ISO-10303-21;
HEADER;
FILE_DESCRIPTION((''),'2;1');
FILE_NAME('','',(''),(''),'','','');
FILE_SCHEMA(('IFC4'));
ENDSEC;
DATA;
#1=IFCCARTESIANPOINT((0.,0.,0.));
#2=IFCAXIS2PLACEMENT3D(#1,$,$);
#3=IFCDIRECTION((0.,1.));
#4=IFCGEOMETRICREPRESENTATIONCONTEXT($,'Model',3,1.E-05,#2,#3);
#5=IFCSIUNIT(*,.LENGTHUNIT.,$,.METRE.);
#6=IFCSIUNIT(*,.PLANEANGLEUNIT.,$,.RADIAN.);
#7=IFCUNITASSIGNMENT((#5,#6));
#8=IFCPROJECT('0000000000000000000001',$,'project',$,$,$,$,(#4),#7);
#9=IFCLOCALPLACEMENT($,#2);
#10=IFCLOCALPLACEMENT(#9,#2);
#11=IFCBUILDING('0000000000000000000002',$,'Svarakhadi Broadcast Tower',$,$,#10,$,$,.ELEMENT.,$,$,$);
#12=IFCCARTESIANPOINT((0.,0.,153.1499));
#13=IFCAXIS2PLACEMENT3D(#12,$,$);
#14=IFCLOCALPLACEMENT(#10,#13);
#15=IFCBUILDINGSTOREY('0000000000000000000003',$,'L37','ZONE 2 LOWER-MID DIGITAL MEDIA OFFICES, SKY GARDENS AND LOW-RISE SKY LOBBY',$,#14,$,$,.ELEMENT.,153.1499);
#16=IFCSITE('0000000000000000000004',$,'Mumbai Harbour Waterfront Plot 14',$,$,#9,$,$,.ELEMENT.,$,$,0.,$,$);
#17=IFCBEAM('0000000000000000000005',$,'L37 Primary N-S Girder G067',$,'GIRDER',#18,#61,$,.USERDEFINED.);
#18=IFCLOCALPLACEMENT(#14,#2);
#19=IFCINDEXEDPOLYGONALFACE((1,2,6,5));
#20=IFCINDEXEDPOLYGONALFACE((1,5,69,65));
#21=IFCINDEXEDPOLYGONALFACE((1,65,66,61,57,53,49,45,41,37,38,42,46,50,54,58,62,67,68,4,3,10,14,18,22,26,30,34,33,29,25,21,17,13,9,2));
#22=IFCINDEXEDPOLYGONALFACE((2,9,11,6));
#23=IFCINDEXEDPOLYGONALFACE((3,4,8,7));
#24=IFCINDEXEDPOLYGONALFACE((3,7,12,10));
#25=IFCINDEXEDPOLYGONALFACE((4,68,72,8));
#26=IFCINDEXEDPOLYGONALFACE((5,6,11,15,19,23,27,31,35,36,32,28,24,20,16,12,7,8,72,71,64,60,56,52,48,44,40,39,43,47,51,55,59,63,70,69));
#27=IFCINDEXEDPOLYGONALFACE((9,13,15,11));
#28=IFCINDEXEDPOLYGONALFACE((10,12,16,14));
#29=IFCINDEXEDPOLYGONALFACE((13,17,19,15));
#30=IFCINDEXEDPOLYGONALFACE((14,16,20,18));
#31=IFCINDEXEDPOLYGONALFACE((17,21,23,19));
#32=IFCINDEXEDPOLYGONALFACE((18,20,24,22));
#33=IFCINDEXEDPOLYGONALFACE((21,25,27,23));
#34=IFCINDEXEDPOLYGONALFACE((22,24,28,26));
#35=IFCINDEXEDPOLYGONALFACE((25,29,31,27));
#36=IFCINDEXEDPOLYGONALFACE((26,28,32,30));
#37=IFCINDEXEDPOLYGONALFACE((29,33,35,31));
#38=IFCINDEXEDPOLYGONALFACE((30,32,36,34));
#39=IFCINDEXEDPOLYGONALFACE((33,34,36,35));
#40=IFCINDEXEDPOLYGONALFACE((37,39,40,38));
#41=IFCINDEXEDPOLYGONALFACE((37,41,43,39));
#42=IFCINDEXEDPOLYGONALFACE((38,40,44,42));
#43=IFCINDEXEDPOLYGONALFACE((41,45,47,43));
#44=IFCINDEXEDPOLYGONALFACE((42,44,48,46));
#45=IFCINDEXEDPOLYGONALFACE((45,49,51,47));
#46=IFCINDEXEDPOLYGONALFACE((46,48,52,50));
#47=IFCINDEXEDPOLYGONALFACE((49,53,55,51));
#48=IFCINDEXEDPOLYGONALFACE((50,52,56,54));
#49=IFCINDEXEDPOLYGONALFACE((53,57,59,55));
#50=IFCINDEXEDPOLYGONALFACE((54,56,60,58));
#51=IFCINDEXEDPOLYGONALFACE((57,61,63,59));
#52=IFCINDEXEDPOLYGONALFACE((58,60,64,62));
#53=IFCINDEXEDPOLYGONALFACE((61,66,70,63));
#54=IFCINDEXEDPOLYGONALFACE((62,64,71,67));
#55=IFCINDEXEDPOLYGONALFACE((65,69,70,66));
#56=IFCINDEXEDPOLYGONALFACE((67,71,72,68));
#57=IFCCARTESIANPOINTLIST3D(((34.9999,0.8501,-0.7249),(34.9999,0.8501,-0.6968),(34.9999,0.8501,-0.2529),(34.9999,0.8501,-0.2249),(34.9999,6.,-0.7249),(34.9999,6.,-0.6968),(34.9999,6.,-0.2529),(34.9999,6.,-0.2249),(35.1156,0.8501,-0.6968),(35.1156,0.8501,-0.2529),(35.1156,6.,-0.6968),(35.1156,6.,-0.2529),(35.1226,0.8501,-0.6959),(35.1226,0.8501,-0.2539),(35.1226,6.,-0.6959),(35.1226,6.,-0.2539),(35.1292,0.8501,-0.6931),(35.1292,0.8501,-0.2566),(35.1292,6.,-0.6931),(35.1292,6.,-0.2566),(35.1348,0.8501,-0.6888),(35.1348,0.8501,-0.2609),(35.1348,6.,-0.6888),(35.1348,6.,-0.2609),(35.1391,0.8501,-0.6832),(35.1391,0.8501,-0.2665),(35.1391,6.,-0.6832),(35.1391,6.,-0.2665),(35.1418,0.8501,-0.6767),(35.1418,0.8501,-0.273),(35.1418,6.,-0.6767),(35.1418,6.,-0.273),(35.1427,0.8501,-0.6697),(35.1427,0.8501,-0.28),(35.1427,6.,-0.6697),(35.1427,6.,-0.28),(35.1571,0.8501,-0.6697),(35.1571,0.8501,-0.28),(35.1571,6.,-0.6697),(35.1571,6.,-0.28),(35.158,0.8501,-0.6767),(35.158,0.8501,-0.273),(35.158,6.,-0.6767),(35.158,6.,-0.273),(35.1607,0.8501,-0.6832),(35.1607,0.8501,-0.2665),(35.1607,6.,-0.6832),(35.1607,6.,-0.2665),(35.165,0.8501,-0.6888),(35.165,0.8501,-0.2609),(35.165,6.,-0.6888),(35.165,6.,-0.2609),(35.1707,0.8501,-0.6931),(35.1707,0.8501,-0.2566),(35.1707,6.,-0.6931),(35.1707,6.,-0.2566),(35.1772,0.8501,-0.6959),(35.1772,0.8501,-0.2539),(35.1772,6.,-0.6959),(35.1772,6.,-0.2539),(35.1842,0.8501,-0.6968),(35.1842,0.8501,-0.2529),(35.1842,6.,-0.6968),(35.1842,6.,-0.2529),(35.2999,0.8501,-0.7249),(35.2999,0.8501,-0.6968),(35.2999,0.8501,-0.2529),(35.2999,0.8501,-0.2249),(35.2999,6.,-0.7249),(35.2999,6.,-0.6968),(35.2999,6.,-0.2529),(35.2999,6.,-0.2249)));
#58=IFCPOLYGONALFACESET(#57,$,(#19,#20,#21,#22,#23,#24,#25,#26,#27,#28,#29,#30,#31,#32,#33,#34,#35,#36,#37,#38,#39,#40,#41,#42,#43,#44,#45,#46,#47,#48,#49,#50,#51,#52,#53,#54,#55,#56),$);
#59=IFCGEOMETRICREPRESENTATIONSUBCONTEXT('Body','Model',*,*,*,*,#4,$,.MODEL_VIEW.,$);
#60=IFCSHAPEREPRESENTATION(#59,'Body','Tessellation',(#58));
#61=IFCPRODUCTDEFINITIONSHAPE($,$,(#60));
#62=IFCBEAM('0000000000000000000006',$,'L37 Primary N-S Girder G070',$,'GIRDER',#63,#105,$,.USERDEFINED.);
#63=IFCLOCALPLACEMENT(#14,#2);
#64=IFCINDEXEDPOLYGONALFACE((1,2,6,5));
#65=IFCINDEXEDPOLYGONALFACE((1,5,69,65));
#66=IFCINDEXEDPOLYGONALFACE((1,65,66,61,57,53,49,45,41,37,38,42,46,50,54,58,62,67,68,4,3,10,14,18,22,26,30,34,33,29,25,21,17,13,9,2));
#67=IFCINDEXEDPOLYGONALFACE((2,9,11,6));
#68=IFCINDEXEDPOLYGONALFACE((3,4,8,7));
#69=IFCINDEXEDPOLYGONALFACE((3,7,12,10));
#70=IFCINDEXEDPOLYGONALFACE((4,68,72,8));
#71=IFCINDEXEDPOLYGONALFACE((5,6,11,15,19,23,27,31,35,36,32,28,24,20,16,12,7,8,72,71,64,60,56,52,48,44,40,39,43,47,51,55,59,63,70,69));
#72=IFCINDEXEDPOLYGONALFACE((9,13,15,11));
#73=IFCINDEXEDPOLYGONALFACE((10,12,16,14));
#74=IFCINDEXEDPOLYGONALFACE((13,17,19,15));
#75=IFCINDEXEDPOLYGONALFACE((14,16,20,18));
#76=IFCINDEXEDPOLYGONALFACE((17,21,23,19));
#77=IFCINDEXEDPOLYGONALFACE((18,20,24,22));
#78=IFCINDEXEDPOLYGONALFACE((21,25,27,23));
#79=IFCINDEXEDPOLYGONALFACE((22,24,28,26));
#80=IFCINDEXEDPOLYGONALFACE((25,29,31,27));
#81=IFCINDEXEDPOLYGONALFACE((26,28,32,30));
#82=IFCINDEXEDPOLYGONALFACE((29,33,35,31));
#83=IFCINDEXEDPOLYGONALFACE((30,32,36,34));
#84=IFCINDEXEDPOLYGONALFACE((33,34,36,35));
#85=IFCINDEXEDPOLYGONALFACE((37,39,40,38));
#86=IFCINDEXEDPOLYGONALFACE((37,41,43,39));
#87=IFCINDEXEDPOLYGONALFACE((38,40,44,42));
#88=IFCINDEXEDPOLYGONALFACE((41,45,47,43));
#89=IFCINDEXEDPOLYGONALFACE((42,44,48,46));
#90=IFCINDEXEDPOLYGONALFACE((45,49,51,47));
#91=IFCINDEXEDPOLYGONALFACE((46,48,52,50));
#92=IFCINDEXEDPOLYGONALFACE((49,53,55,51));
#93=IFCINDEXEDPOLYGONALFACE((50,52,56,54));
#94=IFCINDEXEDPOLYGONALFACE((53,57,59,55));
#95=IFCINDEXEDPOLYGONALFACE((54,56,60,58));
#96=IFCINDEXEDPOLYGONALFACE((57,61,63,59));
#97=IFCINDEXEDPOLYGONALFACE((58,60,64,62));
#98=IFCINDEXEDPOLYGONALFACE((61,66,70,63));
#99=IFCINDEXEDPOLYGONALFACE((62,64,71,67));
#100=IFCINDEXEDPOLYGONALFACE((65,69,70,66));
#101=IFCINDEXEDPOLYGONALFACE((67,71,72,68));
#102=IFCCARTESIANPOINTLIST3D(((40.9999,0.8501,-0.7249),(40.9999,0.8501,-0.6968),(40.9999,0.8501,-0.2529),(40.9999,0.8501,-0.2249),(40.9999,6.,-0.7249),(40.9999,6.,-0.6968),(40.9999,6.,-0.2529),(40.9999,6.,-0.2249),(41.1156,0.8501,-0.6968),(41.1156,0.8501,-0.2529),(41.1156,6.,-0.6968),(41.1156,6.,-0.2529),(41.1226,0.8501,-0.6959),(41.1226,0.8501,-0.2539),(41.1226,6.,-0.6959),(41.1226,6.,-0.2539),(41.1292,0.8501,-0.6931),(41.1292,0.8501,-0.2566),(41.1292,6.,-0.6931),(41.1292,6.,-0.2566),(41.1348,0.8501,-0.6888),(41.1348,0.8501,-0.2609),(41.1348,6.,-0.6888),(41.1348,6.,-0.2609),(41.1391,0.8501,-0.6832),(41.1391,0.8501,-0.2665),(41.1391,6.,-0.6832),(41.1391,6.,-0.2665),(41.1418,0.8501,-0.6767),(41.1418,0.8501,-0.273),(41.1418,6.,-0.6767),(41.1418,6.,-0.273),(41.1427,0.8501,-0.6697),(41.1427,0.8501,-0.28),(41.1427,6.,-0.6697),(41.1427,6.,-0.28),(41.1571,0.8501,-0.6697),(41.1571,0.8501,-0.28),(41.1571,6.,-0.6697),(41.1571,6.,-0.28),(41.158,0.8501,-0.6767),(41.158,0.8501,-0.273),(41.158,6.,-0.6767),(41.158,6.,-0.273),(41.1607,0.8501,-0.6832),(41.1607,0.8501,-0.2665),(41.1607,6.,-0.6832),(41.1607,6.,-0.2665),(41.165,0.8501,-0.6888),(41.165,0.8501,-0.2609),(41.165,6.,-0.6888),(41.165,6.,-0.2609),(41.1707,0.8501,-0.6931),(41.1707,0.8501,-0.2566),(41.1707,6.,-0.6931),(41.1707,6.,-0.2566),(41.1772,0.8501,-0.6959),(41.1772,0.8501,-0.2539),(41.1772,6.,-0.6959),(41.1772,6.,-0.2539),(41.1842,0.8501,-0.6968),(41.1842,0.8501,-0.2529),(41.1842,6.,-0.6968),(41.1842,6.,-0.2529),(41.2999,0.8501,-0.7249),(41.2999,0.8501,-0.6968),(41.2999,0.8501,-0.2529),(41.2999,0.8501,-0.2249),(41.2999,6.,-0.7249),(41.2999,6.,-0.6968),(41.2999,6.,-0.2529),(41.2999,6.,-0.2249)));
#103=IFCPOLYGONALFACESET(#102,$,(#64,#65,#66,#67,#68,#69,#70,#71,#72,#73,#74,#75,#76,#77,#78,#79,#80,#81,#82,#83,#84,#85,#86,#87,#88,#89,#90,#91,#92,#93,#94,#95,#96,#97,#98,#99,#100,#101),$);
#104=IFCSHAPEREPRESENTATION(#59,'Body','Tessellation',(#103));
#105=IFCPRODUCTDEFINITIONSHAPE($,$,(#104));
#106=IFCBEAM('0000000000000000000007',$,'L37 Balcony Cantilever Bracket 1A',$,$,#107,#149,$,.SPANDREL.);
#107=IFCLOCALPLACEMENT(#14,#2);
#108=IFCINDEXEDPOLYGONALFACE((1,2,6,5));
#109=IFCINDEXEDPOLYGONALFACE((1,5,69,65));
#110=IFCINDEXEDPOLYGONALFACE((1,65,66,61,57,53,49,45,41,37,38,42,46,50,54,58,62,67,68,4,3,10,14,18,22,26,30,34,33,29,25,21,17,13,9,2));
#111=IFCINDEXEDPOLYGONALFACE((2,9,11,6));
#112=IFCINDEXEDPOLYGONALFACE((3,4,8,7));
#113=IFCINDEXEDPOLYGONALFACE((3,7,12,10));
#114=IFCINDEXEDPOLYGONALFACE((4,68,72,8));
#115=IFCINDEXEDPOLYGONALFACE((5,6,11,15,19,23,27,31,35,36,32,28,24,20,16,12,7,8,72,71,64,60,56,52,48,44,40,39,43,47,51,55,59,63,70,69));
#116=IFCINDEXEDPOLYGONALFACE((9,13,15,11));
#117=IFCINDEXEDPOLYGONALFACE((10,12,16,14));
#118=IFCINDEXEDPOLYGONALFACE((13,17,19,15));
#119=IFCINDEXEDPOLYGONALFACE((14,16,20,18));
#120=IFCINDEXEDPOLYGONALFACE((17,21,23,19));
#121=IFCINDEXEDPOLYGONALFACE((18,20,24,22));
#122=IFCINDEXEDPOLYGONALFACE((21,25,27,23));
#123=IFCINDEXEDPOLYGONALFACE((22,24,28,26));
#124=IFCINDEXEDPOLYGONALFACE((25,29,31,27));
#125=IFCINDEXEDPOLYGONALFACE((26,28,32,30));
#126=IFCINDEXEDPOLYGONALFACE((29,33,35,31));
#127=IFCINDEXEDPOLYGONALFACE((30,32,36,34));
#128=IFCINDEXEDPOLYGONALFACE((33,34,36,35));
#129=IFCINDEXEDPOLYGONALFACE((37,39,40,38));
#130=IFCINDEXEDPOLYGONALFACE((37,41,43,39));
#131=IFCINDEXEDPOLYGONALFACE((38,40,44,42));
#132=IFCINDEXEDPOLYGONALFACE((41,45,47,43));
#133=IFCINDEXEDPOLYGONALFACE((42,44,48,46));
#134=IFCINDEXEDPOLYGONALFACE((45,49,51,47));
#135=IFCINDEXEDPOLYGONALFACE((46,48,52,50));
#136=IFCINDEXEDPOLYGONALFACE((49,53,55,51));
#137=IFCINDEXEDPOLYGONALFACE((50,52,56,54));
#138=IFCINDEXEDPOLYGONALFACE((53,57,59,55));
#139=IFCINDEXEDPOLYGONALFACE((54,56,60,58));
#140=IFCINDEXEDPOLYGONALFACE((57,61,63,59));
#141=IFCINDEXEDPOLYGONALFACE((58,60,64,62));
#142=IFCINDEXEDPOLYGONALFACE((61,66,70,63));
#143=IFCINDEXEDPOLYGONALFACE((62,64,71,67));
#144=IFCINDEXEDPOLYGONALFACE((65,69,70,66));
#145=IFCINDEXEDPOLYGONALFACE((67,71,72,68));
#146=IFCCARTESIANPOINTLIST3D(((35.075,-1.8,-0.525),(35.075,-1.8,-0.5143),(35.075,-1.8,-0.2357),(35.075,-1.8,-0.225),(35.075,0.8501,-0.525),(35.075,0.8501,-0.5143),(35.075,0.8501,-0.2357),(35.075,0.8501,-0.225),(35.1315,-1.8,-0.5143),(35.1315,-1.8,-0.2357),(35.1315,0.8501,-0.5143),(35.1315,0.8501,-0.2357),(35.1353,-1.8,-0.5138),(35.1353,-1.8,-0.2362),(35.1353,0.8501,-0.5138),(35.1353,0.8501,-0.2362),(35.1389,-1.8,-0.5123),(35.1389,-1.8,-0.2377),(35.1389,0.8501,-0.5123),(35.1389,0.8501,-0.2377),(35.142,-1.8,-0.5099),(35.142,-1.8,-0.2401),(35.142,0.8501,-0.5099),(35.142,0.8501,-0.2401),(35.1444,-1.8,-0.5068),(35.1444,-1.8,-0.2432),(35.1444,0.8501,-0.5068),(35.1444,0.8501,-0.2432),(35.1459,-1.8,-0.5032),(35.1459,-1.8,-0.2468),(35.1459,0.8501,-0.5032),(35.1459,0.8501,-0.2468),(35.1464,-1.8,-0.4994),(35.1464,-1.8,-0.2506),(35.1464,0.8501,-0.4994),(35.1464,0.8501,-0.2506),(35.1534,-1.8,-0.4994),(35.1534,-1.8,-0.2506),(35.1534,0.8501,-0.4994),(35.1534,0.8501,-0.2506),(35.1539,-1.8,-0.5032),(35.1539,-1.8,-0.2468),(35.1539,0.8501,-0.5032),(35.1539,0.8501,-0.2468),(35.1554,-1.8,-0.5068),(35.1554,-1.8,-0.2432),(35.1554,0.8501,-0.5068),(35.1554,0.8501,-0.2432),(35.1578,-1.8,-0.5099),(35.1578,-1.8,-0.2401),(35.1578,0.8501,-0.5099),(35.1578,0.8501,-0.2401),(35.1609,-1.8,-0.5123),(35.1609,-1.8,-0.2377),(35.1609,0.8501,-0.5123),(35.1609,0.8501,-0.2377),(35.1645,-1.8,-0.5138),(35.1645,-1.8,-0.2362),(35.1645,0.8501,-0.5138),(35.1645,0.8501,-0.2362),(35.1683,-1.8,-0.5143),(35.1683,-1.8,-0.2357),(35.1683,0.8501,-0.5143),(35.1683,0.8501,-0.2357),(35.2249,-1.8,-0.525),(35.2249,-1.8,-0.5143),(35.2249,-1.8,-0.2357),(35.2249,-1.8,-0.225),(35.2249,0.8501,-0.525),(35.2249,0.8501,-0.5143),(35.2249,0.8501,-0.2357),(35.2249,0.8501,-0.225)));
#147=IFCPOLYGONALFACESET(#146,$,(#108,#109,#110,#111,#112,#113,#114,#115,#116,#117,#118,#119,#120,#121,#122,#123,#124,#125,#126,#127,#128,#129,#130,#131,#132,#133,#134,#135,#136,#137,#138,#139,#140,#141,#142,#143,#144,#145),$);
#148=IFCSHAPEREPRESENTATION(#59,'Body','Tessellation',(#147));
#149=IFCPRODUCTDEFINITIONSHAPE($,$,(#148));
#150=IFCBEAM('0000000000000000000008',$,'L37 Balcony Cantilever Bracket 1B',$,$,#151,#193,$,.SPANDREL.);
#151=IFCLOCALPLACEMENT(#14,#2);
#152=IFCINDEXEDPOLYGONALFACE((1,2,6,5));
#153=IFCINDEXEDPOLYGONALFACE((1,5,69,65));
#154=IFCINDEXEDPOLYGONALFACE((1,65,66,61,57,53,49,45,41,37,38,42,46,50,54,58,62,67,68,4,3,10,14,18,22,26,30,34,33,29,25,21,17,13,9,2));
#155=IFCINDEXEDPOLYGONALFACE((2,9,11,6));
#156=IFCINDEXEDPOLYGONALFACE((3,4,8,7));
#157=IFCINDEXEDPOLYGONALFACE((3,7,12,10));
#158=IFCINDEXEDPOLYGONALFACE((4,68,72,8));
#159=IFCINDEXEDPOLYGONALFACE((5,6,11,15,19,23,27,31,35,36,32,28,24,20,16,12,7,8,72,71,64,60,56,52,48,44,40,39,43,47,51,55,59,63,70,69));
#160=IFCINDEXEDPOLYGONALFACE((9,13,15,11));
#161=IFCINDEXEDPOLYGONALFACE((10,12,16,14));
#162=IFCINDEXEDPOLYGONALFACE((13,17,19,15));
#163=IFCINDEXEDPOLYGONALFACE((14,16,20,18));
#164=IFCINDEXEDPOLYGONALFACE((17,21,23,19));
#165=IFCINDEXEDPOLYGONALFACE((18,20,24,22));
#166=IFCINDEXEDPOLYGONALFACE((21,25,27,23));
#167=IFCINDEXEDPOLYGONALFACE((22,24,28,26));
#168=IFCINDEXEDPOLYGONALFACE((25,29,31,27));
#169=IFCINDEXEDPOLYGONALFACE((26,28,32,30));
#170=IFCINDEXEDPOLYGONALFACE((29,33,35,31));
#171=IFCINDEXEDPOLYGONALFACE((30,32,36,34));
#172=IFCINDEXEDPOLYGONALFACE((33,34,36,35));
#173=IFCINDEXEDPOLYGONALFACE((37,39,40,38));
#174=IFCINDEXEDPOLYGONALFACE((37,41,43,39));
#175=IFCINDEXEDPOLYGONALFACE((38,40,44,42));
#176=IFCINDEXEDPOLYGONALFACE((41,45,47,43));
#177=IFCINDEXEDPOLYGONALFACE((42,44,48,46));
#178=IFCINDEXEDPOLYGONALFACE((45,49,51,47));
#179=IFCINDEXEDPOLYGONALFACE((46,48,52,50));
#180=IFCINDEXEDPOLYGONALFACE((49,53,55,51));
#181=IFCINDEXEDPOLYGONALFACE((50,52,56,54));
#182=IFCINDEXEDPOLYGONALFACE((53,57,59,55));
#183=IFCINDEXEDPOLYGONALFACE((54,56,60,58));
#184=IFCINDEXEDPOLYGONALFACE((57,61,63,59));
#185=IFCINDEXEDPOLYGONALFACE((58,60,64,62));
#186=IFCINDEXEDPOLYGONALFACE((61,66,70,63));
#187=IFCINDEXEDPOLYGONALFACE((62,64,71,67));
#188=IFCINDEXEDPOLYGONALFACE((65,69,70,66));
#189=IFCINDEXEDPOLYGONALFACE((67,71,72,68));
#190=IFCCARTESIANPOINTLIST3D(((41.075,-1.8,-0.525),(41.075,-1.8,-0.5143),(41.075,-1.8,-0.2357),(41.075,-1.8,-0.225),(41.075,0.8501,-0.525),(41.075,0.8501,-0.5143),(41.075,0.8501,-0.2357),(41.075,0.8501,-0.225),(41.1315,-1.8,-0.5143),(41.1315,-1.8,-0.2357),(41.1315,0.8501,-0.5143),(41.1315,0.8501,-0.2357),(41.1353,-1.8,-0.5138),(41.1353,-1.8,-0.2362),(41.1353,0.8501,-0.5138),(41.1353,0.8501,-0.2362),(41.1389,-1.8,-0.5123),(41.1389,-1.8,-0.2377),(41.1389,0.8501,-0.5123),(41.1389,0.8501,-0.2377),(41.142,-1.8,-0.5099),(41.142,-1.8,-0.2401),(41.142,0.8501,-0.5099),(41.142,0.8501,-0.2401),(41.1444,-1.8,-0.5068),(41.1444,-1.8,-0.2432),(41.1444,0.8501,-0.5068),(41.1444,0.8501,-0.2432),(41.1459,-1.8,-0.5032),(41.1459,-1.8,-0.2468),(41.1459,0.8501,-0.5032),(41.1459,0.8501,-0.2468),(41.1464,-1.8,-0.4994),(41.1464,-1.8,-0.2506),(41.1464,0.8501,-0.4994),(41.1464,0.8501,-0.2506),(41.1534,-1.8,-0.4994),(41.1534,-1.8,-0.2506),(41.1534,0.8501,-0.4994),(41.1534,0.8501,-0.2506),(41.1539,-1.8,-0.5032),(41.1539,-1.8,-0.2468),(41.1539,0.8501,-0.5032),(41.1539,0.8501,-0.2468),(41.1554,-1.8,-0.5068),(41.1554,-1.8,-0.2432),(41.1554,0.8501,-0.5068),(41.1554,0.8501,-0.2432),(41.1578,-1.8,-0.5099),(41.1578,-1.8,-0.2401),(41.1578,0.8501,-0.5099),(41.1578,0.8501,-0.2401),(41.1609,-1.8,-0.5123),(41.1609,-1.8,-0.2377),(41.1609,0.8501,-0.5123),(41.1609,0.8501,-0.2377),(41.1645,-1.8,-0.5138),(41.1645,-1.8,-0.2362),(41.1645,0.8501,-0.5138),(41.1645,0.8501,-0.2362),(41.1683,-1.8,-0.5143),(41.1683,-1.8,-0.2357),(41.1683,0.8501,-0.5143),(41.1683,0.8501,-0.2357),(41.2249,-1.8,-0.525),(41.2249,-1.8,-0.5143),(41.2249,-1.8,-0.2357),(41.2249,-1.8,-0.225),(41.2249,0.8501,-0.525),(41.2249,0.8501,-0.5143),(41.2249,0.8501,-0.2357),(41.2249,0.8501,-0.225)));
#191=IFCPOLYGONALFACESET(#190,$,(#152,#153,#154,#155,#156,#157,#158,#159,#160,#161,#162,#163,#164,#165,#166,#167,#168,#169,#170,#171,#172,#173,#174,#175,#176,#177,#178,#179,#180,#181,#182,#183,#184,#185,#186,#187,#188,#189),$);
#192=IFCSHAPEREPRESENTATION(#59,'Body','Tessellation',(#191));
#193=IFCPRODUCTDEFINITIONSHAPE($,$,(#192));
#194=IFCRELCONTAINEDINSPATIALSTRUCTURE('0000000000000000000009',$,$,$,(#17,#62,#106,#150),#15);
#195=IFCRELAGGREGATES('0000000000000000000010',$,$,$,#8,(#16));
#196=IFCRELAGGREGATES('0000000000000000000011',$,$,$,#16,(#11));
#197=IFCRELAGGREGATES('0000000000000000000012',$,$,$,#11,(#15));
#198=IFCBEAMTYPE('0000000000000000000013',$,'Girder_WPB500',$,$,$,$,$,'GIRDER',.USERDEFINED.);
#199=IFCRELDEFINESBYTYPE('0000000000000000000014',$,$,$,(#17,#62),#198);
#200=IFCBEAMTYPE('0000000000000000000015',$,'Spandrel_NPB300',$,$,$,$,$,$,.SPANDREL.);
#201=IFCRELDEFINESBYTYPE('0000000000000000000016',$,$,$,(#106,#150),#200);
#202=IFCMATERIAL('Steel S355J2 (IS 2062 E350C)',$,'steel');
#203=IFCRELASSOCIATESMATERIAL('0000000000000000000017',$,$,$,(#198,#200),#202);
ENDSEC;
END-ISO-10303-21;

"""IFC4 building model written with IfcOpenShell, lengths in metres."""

from ifc_helpers import new_model, si_unit, direction, frame, origin, origin_2d, place, context, subcontext, project, spatial, i_section, extrude, material, material_profile, profile_set, type_object, element, save


model = new_model("IFC4")

# Units and contexts
model_context = context("Model", 3, precision=1e-05, world=origin(), true_north=direction((0.0, 1.0)))
body_context = subcontext(model_context, "Body", "Model", "MODEL_VIEW")
ifc_project = project(units=[si_unit("LENGTHUNIT", "METRE"), si_unit("PLANEANGLEUNIT", "RADIAN")], contexts=[model_context])

# Site, building, storey
site_placement = place(None, origin())
site = spatial("IfcSite", under=ifc_project, at=site_placement, Name="Mumbai Harbour Waterfront Plot 14", CompositionType="ELEMENT", RefElevation=0.0)
building_placement = place(site_placement, origin())
building = spatial("IfcBuilding", under=site, at=building_placement, Name="Svarakhadi Broadcast Tower", CompositionType="ELEMENT")
storey_placement = place(building_placement, frame((0.0, 0.0, 153.1499)))
storey = spatial("IfcBuildingStorey", under=building, at=storey_placement, Name="L37", Description="ZONE 2 LOWER-MID DIGITAL MEDIA OFFICES, SKY GARDENS AND LOW-RISE SKY LOBBY", CompositionType="ELEMENT", Elevation=153.1499)

# Beams
ifc_material_1 = material(Name="Steel S355J2 (IS 2062 E350C)", Category="steel")
ifc_material_profile_1 = material_profile(ifc_material_1, i_section(OverallWidth=0.3, OverallDepth=0.5, WebThickness=0.0144, FlangeThickness=0.0281, FilletRadius=0.0271, at=origin_2d()), Name="WPB 500x300x187")
ifc_profile_set_1 = profile_set([ifc_material_profile_1], Name="Steel S355J2 (IS 2062 E350C)")
beam_type_1 = type_object("IfcBeamType", Name="Girder_WPB500", ElementType="GIRDER", PredefinedType="USERDEFINED", material=ifc_profile_set_1)
for number, where, z_axis, x_axis, name in (
    (1, (35.1499, 0.8501, -0.4749), (0.0, 1.0, 0.0), (-1.0, 0.0, 0.0), "L37 Primary N-S Girder G067"),
    (2, (41.1499, 0.8501, -0.4749), (0.0, 1.0, 0.0), (-1.0, 0.0, 0.0), "L37 Primary N-S Girder G070"),
):
    element("IfcBeam", number, at=place(storey_placement, frame(where, z_axis=z_axis, x_axis=x_axis)), inside=storey, type_object=beam_type_1, Name=name, ObjectType="GIRDER", PredefinedType="USERDEFINED", context=body_context, shape_type="SweptSolid", body=[
        extrude(i_section(OverallWidth=0.3, OverallDepth=0.5, WebThickness=0.0144, FlangeThickness=0.0281, FilletRadius=0.0271, at=origin_2d()), origin(), (0.0, 0.0, 1.0), 5.1499),
    ])
ifc_material_profile_2 = material_profile(ifc_material_1, i_section(OverallWidth=0.1499, OverallDepth=0.3, WebThickness=0.0071, FlangeThickness=0.0107, FilletRadius=0.0149, at=origin_2d()), Name="NPB 300x150x37")
ifc_profile_set_2 = profile_set([ifc_material_profile_2], Name="Steel S355J2 (IS 2062 E350C)")
beam_type_2 = type_object("IfcBeamType", Name="Spandrel_NPB300", PredefinedType="SPANDREL", material=ifc_profile_set_2)
for number, where, z_axis, x_axis, name in (
    (3, (35.1499, 0.8501, -0.375), (0.0, -1.0, 0.0), (1.0, 0.0, 0.0), "L37 Balcony Cantilever Bracket 1A"),
    (4, (41.1499, 0.8501, -0.375), (0.0, -1.0, 0.0), (1.0, 0.0, 0.0), "L37 Balcony Cantilever Bracket 1B"),
):
    element("IfcBeam", number, at=place(storey_placement, frame(where, z_axis=z_axis, x_axis=x_axis)), inside=storey, type_object=beam_type_2, Name=name, PredefinedType="SPANDREL", context=body_context, shape_type="SweptSolid", body=[
        extrude(i_section(OverallWidth=0.1499, OverallDepth=0.3, WebThickness=0.0071, FlangeThickness=0.0107, FilletRadius=0.0149, at=origin_2d()), origin(), (0.0, 0.0, 1.0), 2.6501),
    ])

save(model, "model.ifc")
